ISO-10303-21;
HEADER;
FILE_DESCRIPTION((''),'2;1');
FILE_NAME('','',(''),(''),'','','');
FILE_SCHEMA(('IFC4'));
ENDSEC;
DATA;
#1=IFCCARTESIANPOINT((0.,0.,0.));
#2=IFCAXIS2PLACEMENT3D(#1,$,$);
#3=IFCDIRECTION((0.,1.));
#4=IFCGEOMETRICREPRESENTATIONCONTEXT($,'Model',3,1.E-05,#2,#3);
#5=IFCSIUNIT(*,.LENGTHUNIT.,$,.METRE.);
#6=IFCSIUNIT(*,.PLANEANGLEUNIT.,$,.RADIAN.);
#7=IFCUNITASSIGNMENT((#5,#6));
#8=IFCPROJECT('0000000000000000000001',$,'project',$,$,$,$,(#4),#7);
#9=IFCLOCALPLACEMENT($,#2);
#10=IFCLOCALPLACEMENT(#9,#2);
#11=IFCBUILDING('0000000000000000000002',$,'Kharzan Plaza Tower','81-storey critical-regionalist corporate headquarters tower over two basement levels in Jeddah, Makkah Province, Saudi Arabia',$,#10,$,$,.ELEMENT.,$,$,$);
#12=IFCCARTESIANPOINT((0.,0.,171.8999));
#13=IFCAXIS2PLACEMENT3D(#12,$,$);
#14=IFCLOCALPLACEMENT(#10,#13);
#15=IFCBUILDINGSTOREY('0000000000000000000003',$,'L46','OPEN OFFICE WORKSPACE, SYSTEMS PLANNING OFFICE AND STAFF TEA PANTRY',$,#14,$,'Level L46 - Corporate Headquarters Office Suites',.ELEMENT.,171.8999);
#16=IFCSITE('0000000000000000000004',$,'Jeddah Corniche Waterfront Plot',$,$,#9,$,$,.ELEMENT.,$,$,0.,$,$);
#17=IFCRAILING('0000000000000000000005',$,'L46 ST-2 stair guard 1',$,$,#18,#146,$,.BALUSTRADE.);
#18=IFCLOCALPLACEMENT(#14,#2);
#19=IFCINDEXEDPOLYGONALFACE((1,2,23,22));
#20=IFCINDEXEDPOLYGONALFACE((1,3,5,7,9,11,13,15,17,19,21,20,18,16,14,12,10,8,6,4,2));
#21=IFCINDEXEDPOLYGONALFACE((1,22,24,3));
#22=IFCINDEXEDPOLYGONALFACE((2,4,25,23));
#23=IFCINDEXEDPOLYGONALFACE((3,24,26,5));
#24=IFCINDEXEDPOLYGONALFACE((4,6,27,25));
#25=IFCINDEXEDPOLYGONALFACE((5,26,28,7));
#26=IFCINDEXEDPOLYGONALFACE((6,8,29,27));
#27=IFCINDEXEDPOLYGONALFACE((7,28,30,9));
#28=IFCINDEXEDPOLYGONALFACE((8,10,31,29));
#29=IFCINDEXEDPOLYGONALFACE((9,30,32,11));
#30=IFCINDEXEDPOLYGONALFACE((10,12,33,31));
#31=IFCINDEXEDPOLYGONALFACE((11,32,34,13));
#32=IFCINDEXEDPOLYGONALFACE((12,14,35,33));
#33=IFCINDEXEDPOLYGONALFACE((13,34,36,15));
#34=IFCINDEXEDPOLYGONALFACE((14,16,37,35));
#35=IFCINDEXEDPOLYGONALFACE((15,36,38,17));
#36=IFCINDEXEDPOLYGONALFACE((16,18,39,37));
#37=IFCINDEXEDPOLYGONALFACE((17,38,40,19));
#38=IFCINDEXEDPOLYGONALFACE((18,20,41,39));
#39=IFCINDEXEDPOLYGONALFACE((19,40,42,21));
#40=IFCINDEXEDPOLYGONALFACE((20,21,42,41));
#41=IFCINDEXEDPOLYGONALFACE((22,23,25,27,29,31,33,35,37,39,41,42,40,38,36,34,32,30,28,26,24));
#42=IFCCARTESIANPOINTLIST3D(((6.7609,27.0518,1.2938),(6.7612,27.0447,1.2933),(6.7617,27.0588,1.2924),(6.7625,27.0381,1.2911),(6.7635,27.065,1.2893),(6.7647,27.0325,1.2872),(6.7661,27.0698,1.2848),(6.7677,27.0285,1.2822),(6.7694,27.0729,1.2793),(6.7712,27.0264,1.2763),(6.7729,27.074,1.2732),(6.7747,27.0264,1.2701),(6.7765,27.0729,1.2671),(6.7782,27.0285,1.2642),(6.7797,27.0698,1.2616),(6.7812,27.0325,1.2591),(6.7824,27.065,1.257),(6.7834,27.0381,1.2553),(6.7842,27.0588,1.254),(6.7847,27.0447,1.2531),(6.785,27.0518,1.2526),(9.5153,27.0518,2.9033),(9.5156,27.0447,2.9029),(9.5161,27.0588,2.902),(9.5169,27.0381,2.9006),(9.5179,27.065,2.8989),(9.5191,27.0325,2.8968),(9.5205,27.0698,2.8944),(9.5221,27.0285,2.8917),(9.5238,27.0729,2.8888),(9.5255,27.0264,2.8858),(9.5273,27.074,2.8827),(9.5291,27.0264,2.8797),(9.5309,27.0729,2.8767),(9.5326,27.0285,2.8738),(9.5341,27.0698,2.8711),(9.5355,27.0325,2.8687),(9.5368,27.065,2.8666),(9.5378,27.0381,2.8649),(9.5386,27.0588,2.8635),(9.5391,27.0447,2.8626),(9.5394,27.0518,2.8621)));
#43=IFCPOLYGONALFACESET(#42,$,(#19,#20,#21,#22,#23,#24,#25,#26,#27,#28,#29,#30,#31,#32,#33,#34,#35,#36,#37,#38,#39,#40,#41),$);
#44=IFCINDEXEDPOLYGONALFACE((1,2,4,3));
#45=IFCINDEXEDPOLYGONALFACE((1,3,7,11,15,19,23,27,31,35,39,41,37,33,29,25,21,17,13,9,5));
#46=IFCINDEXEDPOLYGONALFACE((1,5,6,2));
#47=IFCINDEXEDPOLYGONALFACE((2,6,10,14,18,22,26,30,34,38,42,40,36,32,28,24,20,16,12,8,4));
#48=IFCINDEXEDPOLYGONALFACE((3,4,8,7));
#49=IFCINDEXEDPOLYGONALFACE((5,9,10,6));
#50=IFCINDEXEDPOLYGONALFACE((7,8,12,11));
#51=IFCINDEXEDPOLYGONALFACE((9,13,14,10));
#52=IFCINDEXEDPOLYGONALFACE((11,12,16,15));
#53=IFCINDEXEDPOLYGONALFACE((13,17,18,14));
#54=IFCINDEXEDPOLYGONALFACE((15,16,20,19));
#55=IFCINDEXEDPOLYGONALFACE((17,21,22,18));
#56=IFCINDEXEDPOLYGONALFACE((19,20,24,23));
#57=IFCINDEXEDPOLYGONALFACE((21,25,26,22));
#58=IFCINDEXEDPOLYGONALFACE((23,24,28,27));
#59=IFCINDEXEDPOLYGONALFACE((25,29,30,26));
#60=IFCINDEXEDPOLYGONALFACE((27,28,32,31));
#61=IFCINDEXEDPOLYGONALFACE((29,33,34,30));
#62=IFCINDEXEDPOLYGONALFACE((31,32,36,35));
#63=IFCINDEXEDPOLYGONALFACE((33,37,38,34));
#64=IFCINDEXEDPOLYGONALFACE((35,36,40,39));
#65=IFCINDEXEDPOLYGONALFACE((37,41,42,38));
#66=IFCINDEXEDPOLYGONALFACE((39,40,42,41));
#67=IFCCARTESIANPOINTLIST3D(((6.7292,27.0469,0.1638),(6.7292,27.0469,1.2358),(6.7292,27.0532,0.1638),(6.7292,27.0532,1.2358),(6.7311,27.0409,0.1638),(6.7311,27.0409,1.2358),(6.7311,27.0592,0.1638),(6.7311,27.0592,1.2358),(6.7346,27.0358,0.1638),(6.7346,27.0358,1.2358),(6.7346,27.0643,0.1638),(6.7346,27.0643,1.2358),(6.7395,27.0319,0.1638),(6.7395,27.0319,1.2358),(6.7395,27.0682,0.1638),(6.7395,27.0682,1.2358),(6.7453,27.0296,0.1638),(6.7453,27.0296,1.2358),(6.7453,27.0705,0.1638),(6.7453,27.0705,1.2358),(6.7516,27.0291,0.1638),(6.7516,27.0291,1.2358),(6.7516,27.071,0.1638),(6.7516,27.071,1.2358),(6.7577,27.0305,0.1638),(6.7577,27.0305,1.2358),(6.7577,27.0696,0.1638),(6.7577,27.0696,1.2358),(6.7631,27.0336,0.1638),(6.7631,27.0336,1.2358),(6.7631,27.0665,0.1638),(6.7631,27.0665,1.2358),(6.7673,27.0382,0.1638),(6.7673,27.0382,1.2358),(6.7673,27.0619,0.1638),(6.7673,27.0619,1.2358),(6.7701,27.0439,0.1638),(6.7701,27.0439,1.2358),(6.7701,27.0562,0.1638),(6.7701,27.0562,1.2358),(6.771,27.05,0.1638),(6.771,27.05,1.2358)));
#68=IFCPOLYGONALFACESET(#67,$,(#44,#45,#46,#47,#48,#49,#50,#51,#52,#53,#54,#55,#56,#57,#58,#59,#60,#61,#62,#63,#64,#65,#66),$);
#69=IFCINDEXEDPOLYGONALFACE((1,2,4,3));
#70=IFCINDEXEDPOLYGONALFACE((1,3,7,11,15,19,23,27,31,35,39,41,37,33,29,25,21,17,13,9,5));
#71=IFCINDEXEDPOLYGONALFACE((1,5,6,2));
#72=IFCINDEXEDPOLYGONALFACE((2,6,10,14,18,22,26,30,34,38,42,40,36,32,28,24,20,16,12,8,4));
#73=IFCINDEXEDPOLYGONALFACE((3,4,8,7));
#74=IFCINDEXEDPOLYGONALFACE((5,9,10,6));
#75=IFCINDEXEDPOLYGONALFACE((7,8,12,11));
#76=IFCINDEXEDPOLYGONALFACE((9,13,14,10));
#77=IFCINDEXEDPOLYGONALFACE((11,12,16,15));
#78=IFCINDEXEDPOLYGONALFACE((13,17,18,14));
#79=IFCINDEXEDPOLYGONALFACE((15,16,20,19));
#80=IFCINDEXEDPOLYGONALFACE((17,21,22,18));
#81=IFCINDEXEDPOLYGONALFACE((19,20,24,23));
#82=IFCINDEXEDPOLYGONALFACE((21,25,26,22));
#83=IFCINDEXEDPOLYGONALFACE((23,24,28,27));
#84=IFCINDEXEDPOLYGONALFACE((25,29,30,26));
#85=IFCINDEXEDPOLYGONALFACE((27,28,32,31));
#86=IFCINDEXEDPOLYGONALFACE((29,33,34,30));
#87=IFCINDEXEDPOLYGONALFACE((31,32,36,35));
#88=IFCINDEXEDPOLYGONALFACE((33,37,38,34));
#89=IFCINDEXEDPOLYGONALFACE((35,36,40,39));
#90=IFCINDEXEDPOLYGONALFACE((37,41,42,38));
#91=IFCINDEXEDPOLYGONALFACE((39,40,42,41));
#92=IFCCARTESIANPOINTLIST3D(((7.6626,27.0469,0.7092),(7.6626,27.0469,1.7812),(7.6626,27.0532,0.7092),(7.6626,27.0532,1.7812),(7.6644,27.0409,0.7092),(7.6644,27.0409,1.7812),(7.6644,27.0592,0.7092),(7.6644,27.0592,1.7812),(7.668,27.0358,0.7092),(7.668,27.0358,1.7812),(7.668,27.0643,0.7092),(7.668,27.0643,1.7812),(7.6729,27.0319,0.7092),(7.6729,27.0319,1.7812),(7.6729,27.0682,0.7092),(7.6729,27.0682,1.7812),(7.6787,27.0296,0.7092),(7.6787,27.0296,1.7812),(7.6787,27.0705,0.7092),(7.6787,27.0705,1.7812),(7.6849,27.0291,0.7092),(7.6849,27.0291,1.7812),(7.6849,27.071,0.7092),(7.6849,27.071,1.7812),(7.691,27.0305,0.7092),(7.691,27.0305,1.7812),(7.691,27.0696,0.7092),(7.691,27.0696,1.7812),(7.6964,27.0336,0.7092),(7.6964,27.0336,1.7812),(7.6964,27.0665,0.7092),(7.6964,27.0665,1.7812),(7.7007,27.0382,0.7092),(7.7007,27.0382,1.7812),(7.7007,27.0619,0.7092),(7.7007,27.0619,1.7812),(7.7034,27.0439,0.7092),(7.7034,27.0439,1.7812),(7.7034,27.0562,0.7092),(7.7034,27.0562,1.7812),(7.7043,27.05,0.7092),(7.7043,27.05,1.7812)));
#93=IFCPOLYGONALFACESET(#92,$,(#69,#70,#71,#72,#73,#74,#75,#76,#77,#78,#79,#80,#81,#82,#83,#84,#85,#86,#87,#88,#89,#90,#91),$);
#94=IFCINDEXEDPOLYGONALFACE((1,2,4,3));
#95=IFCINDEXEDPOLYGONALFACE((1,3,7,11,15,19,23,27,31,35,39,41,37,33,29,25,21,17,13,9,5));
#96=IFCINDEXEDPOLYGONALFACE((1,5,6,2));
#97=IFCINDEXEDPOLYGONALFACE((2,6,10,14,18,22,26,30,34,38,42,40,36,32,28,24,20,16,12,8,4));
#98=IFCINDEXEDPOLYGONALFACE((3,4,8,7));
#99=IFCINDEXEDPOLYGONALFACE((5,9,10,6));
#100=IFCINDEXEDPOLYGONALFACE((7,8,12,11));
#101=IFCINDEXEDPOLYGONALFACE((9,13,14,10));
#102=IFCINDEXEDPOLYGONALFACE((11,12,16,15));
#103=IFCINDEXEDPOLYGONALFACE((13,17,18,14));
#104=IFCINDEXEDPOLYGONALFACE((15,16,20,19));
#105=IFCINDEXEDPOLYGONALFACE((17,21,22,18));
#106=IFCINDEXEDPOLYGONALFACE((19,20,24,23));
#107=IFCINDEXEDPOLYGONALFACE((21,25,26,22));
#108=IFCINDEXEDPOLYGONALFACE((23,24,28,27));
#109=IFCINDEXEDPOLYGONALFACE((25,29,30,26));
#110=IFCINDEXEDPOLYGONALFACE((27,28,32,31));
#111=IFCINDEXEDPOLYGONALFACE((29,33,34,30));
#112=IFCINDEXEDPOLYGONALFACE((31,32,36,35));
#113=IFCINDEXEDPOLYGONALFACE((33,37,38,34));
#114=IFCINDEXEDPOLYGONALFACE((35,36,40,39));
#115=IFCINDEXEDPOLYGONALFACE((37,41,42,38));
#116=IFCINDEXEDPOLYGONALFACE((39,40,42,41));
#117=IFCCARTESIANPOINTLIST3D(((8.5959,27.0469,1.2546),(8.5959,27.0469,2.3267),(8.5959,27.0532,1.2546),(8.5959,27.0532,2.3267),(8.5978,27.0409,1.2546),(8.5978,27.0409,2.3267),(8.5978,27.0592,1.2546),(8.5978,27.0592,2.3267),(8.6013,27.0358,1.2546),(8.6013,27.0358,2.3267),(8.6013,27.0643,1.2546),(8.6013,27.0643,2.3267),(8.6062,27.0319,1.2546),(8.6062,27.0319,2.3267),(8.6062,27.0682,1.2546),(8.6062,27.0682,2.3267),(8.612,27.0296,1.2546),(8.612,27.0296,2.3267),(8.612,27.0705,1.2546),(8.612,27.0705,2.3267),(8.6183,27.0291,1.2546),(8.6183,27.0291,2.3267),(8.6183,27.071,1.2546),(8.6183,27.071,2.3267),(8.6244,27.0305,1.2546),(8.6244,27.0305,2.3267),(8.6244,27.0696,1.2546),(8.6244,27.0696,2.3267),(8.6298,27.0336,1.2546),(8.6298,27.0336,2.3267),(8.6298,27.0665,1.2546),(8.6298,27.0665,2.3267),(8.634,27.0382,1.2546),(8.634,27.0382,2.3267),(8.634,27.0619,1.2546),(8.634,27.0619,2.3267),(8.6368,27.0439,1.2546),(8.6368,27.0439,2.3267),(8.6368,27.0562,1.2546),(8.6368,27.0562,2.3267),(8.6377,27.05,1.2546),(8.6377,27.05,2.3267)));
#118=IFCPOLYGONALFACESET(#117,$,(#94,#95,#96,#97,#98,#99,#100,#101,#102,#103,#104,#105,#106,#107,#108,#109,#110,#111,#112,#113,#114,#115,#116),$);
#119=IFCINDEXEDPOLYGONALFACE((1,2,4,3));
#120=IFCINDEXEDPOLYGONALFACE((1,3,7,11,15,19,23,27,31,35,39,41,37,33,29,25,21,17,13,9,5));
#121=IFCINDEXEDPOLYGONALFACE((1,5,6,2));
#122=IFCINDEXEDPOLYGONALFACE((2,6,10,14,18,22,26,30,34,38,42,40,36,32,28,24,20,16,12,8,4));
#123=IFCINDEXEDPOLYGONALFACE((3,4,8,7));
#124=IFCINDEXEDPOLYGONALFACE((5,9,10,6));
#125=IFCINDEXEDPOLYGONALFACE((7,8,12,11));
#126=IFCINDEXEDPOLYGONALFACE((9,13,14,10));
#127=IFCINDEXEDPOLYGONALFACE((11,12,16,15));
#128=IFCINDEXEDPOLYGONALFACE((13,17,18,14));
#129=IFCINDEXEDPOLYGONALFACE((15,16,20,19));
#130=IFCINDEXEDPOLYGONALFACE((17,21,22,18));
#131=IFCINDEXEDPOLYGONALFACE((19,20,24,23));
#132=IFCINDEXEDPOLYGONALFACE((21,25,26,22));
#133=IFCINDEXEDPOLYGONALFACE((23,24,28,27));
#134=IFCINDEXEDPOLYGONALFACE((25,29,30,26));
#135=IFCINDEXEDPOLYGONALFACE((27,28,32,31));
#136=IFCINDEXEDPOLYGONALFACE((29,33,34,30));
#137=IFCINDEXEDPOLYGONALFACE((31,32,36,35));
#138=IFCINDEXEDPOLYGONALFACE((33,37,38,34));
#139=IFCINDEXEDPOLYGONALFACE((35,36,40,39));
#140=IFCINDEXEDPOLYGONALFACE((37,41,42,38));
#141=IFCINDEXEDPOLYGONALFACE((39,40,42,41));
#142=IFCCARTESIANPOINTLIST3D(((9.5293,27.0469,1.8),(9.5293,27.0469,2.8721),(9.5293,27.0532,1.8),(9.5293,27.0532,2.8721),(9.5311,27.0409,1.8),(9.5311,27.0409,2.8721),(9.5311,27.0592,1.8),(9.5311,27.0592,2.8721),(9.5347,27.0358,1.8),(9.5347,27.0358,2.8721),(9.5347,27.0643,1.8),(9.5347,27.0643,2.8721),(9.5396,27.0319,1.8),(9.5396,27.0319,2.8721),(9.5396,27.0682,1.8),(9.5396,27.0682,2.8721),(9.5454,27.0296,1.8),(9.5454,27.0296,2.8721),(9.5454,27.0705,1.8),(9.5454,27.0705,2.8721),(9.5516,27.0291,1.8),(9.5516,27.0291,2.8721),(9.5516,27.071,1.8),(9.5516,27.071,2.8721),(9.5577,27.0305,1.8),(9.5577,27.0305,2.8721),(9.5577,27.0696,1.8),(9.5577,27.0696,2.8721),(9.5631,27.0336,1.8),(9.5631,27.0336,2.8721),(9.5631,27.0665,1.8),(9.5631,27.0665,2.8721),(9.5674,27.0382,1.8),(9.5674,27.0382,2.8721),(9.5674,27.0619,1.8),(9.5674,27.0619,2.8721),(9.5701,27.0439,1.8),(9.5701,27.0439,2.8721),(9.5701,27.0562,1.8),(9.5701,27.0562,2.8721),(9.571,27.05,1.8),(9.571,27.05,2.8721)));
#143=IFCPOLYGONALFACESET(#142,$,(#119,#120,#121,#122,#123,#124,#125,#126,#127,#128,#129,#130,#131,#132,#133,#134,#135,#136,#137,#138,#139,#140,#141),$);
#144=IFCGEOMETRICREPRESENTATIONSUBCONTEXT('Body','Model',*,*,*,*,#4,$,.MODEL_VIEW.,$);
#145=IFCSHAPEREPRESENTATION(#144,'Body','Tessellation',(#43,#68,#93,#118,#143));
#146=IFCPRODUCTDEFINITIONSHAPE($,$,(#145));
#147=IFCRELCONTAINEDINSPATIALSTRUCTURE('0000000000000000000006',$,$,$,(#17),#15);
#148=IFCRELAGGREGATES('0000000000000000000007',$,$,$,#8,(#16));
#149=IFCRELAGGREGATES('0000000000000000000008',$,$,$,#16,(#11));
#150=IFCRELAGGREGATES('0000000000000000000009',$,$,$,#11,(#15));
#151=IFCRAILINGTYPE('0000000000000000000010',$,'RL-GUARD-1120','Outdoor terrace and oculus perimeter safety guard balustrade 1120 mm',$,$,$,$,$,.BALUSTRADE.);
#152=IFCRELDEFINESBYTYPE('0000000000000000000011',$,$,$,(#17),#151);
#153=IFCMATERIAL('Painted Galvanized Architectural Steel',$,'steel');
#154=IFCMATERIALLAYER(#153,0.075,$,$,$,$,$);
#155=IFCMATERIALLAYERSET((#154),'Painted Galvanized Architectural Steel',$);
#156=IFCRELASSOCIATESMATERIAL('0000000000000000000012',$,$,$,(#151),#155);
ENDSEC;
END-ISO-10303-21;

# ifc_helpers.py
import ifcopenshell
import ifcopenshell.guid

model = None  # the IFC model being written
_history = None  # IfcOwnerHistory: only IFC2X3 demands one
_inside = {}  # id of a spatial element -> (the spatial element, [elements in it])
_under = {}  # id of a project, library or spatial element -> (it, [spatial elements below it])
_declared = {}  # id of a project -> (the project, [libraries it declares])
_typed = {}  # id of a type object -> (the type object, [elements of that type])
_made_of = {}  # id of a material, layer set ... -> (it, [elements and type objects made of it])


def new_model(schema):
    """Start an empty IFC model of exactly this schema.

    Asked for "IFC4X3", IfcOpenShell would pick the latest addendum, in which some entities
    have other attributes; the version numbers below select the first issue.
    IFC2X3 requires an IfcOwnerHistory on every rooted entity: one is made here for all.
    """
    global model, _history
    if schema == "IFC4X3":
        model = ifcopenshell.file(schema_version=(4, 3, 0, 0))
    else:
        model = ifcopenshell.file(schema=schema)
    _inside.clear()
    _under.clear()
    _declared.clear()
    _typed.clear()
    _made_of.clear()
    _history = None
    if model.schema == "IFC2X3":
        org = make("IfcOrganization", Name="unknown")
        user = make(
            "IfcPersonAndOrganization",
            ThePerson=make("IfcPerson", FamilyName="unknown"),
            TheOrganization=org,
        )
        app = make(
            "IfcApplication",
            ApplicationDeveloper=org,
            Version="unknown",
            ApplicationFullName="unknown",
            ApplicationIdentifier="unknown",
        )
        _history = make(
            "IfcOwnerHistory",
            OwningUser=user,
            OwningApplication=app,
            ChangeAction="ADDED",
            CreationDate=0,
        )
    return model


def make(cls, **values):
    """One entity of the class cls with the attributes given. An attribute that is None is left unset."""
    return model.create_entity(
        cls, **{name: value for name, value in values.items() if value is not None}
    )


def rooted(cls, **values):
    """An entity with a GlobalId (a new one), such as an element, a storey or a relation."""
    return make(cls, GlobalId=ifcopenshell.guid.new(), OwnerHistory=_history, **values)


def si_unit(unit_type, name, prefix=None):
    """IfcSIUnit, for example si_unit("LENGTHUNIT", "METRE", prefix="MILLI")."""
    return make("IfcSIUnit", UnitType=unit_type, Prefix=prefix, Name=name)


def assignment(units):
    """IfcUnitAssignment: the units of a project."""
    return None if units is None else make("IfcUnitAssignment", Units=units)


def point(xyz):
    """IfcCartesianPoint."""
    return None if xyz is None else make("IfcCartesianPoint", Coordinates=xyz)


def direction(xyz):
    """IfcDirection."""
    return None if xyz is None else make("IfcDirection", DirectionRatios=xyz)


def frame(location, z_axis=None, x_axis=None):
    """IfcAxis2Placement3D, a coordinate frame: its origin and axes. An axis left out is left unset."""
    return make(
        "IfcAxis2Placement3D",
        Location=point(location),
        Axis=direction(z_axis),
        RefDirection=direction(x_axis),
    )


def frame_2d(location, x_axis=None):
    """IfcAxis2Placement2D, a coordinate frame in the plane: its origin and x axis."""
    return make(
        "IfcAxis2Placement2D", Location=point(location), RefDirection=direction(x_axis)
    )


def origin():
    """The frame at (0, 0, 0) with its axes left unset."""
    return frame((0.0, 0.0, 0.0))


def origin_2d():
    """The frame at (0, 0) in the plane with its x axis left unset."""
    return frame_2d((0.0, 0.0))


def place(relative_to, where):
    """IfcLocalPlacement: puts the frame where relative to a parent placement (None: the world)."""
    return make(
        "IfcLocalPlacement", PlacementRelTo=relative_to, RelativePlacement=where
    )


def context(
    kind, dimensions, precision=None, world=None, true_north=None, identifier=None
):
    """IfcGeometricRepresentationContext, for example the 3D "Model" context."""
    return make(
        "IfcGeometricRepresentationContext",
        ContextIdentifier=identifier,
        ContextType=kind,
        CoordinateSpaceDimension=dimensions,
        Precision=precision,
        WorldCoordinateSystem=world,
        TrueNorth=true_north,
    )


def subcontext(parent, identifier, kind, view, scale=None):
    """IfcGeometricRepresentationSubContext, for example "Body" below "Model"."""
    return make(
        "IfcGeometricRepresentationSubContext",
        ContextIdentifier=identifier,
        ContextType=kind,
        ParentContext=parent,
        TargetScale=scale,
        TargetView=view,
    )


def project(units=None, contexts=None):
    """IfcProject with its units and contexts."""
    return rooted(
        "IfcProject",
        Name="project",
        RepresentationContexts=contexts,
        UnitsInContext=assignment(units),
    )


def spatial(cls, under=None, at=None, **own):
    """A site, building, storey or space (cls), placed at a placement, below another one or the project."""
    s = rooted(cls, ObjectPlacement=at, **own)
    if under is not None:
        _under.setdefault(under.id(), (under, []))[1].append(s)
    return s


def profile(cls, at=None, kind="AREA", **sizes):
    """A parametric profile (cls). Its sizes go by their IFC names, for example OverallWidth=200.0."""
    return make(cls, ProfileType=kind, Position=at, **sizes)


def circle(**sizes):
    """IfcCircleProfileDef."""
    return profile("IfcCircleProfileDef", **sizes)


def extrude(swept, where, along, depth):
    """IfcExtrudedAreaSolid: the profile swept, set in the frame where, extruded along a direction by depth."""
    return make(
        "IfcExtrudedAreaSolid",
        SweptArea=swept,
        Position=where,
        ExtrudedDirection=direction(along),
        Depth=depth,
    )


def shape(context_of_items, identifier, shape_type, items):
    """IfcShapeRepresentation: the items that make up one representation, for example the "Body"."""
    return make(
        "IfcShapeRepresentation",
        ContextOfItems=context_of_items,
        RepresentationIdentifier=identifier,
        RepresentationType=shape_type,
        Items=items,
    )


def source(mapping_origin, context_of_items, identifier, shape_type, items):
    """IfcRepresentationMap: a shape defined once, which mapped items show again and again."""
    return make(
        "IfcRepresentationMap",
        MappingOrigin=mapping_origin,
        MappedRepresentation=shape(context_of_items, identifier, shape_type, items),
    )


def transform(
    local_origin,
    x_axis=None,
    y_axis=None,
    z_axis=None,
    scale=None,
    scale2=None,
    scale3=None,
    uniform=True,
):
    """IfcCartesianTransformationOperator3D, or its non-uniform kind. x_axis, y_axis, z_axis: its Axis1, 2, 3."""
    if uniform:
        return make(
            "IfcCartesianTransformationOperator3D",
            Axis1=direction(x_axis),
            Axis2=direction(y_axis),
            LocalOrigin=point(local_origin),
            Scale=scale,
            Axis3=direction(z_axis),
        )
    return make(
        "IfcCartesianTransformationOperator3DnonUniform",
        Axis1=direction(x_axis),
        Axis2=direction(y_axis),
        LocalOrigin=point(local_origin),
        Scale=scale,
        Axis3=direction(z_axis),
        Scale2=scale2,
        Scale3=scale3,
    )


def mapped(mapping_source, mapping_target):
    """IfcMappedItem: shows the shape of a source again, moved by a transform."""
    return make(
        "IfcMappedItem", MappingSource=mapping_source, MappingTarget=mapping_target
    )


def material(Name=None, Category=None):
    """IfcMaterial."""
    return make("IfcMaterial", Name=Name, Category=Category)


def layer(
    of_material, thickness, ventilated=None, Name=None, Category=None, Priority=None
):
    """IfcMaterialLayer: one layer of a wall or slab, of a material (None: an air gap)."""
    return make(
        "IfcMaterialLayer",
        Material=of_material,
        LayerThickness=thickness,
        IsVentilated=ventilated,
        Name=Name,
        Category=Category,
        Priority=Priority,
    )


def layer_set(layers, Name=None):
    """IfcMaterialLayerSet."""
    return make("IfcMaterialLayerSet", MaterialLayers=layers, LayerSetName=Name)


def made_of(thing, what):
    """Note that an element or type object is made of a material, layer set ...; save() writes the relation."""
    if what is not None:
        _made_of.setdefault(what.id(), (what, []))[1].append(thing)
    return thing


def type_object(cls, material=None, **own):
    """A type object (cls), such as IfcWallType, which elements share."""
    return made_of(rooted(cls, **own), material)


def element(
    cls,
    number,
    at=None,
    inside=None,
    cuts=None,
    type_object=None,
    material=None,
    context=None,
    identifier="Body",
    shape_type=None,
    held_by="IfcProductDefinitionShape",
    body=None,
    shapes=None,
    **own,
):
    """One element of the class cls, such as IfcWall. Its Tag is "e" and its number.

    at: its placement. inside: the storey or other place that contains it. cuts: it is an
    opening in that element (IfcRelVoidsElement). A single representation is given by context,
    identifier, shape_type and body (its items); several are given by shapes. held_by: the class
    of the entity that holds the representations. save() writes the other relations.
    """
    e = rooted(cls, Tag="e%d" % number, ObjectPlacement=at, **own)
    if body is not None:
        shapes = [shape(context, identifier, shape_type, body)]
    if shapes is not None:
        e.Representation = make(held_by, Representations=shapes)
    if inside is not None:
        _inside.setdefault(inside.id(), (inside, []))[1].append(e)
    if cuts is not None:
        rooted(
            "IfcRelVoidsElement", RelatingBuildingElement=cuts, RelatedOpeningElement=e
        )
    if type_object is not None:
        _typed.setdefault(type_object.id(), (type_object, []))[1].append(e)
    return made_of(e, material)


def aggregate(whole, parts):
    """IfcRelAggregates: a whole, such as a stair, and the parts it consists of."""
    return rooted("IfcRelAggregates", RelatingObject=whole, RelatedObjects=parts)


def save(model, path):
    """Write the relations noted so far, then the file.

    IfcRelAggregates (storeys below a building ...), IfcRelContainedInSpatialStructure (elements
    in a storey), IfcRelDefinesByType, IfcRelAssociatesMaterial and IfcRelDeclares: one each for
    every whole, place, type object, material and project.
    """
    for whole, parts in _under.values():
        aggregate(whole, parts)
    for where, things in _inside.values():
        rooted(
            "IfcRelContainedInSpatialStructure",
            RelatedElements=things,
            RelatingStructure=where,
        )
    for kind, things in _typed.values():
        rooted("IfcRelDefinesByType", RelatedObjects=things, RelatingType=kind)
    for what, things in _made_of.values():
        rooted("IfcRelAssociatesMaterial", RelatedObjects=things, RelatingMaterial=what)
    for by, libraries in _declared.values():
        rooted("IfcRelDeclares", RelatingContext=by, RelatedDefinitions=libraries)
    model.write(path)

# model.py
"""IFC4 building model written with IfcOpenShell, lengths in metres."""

from ifc_helpers import new_model, si_unit, direction, frame, origin, origin_2d, place, context, subcontext, project, spatial, circle, extrude, source, transform, mapped, material, layer, layer_set, type_object, element, save


model = new_model("IFC4")

# Units and contexts
model_context = context("Model", 3, precision=1e-05, world=origin(), true_north=direction((0.0, 1.0)))
body_context = subcontext(model_context, "Body", "Model", "MODEL_VIEW")
ifc_project = project(units=[si_unit("LENGTHUNIT", "METRE"), si_unit("PLANEANGLEUNIT", "RADIAN")], contexts=[model_context])

# Site, building, storey
site_placement = place(None, origin())
site = spatial("IfcSite", under=ifc_project, at=site_placement, Name="Jeddah Corniche Waterfront Plot", CompositionType="ELEMENT", RefElevation=0.0)
building_placement = place(site_placement, origin())
building = spatial("IfcBuilding", under=site, at=building_placement, Name="Kharzan Plaza Tower", Description="81-storey critical-regionalist corporate headquarters tower over two basement levels in Jeddah, Makkah Province, Saudi Arabia", CompositionType="ELEMENT")
storey_placement = place(building_placement, frame((0.0, 0.0, 171.8999)))
storey = spatial("IfcBuildingStorey", under=building, at=storey_placement, Name="L46", Description="OPEN OFFICE WORKSPACE, SYSTEMS PLANNING OFFICE AND STAFF TEA PANTRY", LongName="Level L46 - Corporate Headquarters Office Suites", CompositionType="ELEMENT", Elevation=171.8999)

# Railing
ifc_material_1 = material(Name="Painted Galvanized Architectural Steel", Category="steel")
ifc_layer_1 = layer(ifc_material_1, 0.075)
ifc_layer_set_1 = layer_set([ifc_layer_1], Name="Painted Galvanized Architectural Steel")
railing_type_1 = type_object("IfcRailingType", Name="RL-GUARD-1120", Description="Outdoor terrace and oculus perimeter safety guard balustrade 1120 mm", PredefinedType="BALUSTRADE", material=ifc_layer_set_1)
shared_shape_1 = source(origin(), body_context, "Body", "SweptSolid", [
    extrude(circle(Radius=0.0239, at=origin_2d()), frame((0.0229, 0.0, 1.1094), z_axis=(0.863394, 0.0, 0.504531), x_axis=(0.0, 1.0, 0.0)), (0.0, 0.0, 1.0), 3.1902),
    extrude(circle(Radius=0.021, at=origin_2d()), origin(), (0.0, 0.0, 1.0), 1.072),
    extrude(circle(Radius=0.021, at=origin_2d()), frame((0.9333, 0.0, 0.5454)), (0.0, 0.0, 1.0), 1.072),
    extrude(circle(Radius=0.021, at=origin_2d()), frame((1.8667, 0.0, 1.0908)), (0.0, 0.0, 1.0), 1.072),
    extrude(circle(Radius=0.021, at=origin_2d()), frame((2.8, 0.0, 1.6362)), (0.0, 0.0, 1.0), 1.072),
])
railing_1_placement = place(storey_placement, frame((6.75, 27.05, 0.1638)))
element("IfcRailing", 1, at=railing_1_placement, inside=storey, type_object=railing_type_1, Name="L46 ST-2 stair guard 1", PredefinedType="BALUSTRADE", context=body_context, shape_type="MappedRepresentation", body=[
    mapped(shared_shape_1, transform((0.0, 0.0, 0.0), x_axis=(1.0, 0.0, 0.0), y_axis=(0.0, 1.0, 0.0), z_axis=(0.0, 0.0, 1.0))),
])

save(model, "model.ifc")
